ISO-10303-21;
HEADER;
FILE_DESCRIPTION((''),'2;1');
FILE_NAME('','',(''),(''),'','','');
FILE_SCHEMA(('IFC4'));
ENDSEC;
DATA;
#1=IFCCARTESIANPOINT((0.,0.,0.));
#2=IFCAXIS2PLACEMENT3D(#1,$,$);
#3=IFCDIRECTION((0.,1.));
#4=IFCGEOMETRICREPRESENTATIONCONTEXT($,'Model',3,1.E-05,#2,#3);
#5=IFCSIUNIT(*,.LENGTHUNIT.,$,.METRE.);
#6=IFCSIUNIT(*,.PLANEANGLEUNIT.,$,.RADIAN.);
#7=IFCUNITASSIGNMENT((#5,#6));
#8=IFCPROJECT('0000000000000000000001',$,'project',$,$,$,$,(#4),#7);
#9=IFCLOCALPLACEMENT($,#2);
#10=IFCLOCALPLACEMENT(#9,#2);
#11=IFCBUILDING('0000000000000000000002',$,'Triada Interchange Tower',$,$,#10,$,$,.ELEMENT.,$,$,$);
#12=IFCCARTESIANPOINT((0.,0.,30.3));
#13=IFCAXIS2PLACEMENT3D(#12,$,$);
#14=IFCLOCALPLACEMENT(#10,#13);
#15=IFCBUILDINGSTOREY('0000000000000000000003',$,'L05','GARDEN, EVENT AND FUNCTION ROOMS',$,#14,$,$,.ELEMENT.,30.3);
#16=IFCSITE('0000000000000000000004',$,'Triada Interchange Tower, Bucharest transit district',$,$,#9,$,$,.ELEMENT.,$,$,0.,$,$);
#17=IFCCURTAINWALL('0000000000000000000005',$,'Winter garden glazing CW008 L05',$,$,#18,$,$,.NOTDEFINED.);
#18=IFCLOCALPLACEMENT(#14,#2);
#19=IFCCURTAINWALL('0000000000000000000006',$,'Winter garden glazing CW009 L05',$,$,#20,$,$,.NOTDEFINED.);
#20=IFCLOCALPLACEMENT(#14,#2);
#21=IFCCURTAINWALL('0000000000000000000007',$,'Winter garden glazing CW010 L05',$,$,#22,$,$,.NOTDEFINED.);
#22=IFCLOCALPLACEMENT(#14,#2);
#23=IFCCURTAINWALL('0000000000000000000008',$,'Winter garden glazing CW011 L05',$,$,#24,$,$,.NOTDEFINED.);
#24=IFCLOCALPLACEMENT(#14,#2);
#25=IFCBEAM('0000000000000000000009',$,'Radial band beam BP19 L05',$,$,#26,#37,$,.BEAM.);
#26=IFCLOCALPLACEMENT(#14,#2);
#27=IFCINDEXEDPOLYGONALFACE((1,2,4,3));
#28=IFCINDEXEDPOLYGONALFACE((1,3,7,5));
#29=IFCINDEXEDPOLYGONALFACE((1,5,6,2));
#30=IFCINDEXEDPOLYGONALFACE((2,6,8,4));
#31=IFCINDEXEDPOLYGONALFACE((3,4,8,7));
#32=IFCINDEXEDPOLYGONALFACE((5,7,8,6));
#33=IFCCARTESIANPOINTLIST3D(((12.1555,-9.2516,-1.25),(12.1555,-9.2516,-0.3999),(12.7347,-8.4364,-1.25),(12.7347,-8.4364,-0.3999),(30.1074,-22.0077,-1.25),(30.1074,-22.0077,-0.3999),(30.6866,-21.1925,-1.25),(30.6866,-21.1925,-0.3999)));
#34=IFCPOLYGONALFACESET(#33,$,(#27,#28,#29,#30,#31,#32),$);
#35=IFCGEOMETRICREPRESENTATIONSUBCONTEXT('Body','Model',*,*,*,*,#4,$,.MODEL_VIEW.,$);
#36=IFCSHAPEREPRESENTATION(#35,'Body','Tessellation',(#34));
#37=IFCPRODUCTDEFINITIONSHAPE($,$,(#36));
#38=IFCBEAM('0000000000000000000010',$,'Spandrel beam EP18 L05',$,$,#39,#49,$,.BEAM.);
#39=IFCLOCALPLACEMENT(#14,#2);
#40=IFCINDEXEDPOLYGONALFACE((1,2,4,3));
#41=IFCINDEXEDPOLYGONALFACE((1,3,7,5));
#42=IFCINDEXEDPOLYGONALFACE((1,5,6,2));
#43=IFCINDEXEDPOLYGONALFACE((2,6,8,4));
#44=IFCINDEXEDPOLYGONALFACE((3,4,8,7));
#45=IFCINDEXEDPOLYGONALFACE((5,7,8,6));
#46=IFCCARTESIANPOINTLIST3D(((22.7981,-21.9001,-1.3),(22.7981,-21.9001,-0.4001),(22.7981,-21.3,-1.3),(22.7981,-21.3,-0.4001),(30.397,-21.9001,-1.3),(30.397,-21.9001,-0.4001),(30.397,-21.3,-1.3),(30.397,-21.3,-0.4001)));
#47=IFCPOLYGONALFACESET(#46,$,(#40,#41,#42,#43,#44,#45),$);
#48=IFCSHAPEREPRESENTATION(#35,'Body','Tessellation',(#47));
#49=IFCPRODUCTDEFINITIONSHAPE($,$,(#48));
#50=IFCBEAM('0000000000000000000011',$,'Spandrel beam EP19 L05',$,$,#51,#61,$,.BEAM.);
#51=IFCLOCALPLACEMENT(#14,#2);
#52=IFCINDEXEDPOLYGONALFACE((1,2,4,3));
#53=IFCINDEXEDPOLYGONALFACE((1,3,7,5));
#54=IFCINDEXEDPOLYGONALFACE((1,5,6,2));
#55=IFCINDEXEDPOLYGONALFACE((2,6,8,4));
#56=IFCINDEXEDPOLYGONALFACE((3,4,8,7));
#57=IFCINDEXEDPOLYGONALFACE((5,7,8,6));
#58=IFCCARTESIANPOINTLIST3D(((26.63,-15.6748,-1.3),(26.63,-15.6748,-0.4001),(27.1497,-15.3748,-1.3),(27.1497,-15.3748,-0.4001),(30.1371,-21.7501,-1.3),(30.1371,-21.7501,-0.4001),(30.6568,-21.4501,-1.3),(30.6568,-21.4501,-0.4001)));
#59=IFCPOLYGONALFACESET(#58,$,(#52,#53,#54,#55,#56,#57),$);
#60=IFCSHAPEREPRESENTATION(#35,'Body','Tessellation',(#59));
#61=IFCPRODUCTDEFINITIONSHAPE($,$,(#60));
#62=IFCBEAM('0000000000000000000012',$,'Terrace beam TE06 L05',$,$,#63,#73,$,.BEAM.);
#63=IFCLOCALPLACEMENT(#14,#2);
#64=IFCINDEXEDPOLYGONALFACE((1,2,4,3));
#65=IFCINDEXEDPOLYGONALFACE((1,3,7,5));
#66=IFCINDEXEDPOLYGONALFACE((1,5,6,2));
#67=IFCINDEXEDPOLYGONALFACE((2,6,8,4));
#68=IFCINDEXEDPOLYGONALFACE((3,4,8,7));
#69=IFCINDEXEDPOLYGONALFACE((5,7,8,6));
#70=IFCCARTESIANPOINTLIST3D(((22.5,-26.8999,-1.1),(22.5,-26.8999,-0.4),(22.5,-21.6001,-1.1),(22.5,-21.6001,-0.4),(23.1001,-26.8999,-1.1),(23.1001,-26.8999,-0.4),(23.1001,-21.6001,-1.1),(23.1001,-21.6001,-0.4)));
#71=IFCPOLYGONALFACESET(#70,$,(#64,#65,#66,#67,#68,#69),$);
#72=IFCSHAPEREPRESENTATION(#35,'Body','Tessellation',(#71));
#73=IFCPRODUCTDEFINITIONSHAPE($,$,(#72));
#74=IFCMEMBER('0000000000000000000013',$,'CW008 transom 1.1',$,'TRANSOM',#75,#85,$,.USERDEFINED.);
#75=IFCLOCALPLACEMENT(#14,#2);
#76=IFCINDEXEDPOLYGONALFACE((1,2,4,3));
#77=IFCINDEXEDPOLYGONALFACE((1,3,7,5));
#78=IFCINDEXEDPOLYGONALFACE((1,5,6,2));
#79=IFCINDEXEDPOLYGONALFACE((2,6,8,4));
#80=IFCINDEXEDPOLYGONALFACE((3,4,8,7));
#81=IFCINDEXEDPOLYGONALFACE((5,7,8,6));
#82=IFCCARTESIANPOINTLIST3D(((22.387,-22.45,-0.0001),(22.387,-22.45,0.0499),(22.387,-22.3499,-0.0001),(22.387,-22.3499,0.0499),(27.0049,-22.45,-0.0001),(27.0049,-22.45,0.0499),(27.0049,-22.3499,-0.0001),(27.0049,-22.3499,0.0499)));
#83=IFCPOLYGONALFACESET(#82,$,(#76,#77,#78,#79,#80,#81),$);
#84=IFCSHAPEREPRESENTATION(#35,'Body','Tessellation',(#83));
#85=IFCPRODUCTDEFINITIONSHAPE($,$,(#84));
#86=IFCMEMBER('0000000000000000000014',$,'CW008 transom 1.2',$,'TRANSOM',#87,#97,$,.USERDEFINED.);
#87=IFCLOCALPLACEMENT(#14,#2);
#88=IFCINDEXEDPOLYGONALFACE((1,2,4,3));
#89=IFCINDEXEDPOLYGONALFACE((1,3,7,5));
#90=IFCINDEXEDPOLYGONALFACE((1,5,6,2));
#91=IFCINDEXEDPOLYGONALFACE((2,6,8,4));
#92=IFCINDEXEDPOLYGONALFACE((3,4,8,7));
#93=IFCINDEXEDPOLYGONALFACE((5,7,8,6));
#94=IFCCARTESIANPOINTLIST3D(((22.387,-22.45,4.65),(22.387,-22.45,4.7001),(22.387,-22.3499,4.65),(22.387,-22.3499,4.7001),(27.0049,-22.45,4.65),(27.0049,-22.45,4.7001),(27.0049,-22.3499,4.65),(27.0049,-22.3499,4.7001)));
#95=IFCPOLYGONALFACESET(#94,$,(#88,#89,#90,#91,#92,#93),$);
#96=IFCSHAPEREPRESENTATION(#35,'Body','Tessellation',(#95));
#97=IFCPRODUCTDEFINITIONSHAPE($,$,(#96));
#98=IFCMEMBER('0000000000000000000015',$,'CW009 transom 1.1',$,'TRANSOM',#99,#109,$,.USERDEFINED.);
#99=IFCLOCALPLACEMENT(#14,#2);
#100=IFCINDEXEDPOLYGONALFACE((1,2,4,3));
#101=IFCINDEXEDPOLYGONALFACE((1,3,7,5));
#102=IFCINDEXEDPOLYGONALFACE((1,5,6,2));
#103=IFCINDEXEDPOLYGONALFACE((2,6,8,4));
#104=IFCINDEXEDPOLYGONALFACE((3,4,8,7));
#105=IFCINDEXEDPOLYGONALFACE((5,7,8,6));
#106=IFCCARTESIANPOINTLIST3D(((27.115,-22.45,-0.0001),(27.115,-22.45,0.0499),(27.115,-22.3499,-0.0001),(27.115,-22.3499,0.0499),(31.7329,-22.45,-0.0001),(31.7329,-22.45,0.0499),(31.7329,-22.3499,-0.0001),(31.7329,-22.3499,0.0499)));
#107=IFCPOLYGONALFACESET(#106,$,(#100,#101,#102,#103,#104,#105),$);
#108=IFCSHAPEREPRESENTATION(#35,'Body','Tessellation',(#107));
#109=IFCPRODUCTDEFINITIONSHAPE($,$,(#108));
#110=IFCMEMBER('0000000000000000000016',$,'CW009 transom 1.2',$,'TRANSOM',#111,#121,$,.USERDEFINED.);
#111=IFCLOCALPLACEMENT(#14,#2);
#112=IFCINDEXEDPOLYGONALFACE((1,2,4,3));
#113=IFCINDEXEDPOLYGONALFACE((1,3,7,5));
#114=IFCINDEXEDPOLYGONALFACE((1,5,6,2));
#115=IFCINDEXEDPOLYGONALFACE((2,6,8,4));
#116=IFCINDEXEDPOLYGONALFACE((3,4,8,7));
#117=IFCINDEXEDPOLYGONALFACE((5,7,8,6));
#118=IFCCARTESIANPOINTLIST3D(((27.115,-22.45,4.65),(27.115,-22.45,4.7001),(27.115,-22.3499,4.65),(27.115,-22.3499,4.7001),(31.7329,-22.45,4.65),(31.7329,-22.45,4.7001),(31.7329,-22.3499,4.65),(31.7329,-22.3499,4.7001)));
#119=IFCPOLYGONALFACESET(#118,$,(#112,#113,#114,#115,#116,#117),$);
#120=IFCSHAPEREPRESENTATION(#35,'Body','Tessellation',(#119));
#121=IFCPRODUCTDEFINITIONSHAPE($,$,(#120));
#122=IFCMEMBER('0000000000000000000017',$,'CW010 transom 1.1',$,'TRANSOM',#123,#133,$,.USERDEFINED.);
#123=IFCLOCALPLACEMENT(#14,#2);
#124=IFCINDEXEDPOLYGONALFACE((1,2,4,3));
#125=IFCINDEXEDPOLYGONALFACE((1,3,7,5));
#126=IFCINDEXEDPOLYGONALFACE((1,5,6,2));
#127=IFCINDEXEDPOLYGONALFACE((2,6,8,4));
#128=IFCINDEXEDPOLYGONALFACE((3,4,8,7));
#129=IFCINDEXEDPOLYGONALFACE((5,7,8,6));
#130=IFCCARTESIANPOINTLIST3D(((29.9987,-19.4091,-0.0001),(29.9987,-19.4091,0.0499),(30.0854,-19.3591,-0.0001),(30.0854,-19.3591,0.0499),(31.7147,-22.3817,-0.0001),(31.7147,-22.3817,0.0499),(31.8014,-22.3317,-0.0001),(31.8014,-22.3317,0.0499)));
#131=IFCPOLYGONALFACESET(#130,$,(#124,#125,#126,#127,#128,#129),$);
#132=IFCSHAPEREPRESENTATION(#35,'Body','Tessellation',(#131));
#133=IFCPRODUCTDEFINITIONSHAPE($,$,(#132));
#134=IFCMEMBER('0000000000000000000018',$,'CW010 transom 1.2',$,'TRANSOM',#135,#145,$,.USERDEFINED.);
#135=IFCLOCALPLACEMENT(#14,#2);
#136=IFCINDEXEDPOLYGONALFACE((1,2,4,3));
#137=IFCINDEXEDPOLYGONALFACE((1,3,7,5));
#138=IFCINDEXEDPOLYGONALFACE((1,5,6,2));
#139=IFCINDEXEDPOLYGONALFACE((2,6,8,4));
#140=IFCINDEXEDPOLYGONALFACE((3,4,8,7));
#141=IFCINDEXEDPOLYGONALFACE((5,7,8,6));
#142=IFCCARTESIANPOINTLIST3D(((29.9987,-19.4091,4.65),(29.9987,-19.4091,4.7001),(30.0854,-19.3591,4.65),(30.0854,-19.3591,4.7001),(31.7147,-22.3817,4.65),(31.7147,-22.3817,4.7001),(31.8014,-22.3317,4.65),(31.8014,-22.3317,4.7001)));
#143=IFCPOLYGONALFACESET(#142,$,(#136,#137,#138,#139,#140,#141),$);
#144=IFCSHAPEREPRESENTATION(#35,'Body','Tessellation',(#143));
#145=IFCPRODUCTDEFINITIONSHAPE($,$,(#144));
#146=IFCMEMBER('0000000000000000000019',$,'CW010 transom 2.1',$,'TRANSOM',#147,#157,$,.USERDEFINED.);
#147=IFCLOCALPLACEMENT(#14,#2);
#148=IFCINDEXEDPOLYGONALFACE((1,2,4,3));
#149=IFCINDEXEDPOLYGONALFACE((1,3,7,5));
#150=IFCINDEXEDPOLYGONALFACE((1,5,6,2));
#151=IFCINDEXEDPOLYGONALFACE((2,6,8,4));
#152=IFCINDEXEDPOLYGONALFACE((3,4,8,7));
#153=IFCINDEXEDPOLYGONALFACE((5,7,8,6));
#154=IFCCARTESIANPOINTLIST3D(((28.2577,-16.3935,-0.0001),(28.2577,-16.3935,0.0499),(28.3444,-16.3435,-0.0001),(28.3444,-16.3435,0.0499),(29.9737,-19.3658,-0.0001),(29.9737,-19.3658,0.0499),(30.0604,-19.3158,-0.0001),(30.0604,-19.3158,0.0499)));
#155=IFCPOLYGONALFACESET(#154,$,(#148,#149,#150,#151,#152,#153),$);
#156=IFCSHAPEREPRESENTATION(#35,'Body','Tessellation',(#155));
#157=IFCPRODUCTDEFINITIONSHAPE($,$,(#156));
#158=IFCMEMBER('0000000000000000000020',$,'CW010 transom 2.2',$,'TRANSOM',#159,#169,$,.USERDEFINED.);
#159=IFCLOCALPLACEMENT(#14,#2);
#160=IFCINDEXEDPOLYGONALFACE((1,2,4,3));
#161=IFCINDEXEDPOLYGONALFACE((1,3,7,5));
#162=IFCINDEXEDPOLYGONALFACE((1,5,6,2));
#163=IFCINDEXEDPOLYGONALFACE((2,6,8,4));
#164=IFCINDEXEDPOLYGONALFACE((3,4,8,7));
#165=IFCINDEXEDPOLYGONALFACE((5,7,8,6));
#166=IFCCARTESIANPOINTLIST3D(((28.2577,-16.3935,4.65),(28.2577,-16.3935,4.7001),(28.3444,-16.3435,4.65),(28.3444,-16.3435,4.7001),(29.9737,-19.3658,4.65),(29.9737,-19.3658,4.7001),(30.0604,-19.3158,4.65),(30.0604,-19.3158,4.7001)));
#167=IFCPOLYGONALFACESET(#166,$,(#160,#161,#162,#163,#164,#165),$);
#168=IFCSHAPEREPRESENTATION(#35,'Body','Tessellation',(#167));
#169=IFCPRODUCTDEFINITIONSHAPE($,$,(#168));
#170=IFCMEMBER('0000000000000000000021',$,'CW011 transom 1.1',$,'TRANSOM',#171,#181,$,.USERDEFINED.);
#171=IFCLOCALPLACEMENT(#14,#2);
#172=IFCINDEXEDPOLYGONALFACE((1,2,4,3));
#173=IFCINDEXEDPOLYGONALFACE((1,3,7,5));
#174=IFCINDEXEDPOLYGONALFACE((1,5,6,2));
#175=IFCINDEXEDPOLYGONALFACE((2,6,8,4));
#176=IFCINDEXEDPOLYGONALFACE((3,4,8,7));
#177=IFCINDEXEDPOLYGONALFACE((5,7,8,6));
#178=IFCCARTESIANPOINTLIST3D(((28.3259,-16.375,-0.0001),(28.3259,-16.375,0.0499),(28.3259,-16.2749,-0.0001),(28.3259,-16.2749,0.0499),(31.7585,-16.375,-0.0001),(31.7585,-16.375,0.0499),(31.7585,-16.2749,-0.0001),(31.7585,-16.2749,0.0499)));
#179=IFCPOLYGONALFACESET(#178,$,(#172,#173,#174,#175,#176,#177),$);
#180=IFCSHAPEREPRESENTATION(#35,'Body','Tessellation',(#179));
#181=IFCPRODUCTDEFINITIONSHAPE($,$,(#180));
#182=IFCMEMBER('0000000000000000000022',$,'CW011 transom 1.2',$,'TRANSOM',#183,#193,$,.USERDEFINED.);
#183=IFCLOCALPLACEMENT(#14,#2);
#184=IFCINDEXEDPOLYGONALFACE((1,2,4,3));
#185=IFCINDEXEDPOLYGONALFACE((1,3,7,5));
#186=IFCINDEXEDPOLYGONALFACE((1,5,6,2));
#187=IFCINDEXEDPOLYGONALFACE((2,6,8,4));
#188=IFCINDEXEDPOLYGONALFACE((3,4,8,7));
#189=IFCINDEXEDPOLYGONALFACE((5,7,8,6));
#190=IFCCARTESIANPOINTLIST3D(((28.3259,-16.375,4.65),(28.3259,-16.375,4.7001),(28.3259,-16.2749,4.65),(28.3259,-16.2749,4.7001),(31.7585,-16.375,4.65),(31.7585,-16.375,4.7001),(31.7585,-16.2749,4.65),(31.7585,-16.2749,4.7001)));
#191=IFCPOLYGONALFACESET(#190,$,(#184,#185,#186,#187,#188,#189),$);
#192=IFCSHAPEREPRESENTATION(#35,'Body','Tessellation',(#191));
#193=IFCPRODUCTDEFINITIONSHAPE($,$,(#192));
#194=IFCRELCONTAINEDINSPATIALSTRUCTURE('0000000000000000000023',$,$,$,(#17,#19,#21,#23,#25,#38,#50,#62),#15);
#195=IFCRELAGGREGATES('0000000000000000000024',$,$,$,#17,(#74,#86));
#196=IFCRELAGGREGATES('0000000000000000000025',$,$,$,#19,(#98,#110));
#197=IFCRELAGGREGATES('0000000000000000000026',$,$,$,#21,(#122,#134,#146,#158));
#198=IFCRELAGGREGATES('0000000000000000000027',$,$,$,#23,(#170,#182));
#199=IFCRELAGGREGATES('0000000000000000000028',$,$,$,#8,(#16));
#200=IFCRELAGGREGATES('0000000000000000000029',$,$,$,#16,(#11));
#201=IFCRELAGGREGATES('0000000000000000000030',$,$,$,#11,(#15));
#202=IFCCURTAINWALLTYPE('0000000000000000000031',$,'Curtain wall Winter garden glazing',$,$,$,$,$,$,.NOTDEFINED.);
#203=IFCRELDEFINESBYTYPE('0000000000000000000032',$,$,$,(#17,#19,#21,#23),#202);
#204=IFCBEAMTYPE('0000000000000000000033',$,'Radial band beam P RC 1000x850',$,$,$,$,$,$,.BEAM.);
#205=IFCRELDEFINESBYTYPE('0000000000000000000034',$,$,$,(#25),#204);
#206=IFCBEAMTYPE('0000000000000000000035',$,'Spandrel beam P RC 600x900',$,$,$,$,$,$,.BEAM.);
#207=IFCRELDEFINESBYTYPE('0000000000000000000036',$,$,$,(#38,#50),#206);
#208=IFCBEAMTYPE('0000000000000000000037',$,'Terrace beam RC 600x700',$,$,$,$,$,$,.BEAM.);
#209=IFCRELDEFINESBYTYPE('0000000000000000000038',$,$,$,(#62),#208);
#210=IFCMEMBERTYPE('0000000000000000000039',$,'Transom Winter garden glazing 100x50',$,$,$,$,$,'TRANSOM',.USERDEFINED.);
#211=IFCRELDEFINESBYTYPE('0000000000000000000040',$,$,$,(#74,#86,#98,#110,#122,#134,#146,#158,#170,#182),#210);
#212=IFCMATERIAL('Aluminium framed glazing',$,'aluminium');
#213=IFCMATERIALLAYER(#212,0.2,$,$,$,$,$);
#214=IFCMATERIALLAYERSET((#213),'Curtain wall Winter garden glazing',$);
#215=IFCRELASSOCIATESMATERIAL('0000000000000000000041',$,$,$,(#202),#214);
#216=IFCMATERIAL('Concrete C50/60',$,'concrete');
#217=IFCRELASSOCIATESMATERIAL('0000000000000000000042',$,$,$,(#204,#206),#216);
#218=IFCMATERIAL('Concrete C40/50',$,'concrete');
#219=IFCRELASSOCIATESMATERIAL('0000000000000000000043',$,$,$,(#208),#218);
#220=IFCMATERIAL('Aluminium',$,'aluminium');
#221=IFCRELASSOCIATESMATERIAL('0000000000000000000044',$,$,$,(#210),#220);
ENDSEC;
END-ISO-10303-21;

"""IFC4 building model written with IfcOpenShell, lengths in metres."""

from ifc_helpers import new_model, si_unit, direction, frame, origin, origin_2d, place, context, subcontext, project, spatial, rectangle, extrude, material, layer, layer_set, material_profile, profile_set, type_object, element, aggregate, save


model = new_model("IFC4")

# Units and contexts
model_context = context("Model", 3, precision=1e-05, world=origin(), true_north=direction((0.0, 1.0)))
body_context = subcontext(model_context, "Body", "Model", "MODEL_VIEW")
ifc_project = project(units=[si_unit("LENGTHUNIT", "METRE"), si_unit("PLANEANGLEUNIT", "RADIAN")], contexts=[model_context])

# Site, building, storey
site_placement = place(None, origin())
site = spatial("IfcSite", under=ifc_project, at=site_placement, Name="Triada Interchange Tower, Bucharest transit district", CompositionType="ELEMENT", RefElevation=0.0)
building_placement = place(site_placement, origin())
building = spatial("IfcBuilding", under=site, at=building_placement, Name="Triada Interchange Tower", CompositionType="ELEMENT")
storey_placement = place(building_placement, frame((0.0, 0.0, 30.3)))
storey = spatial("IfcBuildingStorey", under=building, at=storey_placement, Name="L05", Description="GARDEN, EVENT AND FUNCTION ROOMS", CompositionType="ELEMENT", Elevation=30.3)

# Curtain walls
ifc_material_1 = material(Name="Aluminium framed glazing", Category="aluminium")
ifc_layer_1 = layer(ifc_material_1, 0.2)
ifc_layer_set_1 = layer_set([ifc_layer_1], Name="Curtain wall Winter garden glazing")
curtain_wall_type = type_object("IfcCurtainWallType", Name="Curtain wall Winter garden glazing", PredefinedType="NOTDEFINED", material=ifc_layer_set_1)
curtain_wall_1_placement = place(storey_placement, origin())
curtain_wall_1 = element("IfcCurtainWall", 1, at=curtain_wall_1_placement, inside=storey, type_object=curtain_wall_type, Name="Winter garden glazing CW008 L05", PredefinedType="NOTDEFINED")
ifc_material_2 = material(Name="Aluminium", Category="aluminium")
curtain_wall_2_placement = place(storey_placement, origin())
curtain_wall_2 = element("IfcCurtainWall", 2, at=curtain_wall_2_placement, inside=storey, type_object=curtain_wall_type, Name="Winter garden glazing CW009 L05", PredefinedType="NOTDEFINED")
curtain_wall_3_placement = place(storey_placement, origin())
curtain_wall_3 = element("IfcCurtainWall", 3, at=curtain_wall_3_placement, inside=storey, type_object=curtain_wall_type, Name="Winter garden glazing CW010 L05", PredefinedType="NOTDEFINED")
curtain_wall_4_placement = place(storey_placement, origin())
curtain_wall_4 = element("IfcCurtainWall", 4, at=curtain_wall_4_placement, inside=storey, type_object=curtain_wall_type, Name="Winter garden glazing CW011 L05", PredefinedType="NOTDEFINED")

# Beams
ifc_material_3 = material(Name="Concrete C50/60", Category="concrete")
ifc_material_profile_1 = material_profile(ifc_material_3, rectangle(XDim=1.0, YDim=0.8501, at=origin_2d()), Name="RC 1000x850")
ifc_profile_set_1 = profile_set([ifc_material_profile_1], Name="Concrete C50/60")
beam_type_1 = type_object("IfcBeamType", Name="Radial band beam P RC 1000x850", PredefinedType="BEAM", material=ifc_profile_set_1)
beam_1_placement = place(storey_placement, frame((30.397, -21.6001, -0.825), z_axis=(-0.815163, 0.579231, 0.0), x_axis=(-0.579231, -0.815163, 0.0)))
element("IfcBeam", 5, at=beam_1_placement, inside=storey, type_object=beam_type_1, Name="Radial band beam BP19 L05", PredefinedType="BEAM", context=body_context, shape_type="SweptSolid", body=[
    extrude(rectangle(XDim=1.0, YDim=0.8501, at=origin_2d()), origin(), (0.0, 0.0, 1.0), 22.0225),
])
ifc_material_profile_2 = material_profile(ifc_material_3, rectangle(XDim=0.6001, YDim=0.8999, at=origin_2d()), Name="RC 600x900")
ifc_profile_set_2 = profile_set([ifc_material_profile_2], Name="Concrete C50/60")
beam_type_2 = type_object("IfcBeamType", Name="Spandrel beam P RC 600x900", PredefinedType="BEAM", material=ifc_profile_set_2)
beam_2_placement = place(storey_placement, frame((22.7981, -21.6001, -0.8501), z_axis=(1.0, 0.0, 0.0), x_axis=(0.0, 1.0, 0.0)))
element("IfcBeam", 6, at=beam_2_placement, inside=storey, type_object=beam_type_2, Name="Spandrel beam EP18 L05", PredefinedType="BEAM", context=body_context, shape_type="SweptSolid", body=[
    extrude(rectangle(XDim=0.6001, YDim=0.8999, at=origin_2d()), origin(), (0.0, 0.0, 1.0), 7.5989),
])
beam_3_placement = place(storey_placement, frame((30.397, -21.6001, -0.8501), z_axis=(-0.499953, 0.866052, 0.0), x_axis=(-0.866052, -0.499953, 0.0)))
element("IfcBeam", 7, at=beam_3_placement, inside=storey, type_object=beam_type_2, Name="Spandrel beam EP19 L05", PredefinedType="BEAM", context=body_context, shape_type="SweptSolid", body=[
    extrude(rectangle(XDim=0.6001, YDim=0.8999, at=origin_2d()), origin(), (0.0, 0.0, 1.0), 7.0149),
])
ifc_material_4 = material(Name="Concrete C40/50", Category="concrete")
ifc_material_profile_3 = material_profile(ifc_material_4, rectangle(XDim=0.6001, YDim=0.7, at=origin_2d()), Name="RC 600x700")
ifc_profile_set_3 = profile_set([ifc_material_profile_3], Name="Concrete C40/50")
beam_type_3 = type_object("IfcBeamType", Name="Terrace beam RC 600x700", PredefinedType="BEAM", material=ifc_profile_set_3)
beam_4_placement = place(storey_placement, frame((22.8, -26.8999, -0.75), z_axis=(0.0, 1.0, 0.0), x_axis=(-1.0, 0.0, 0.0)))
element("IfcBeam", 8, at=beam_4_placement, inside=storey, type_object=beam_type_3, Name="Terrace beam TE06 L05", PredefinedType="BEAM", context=body_context, shape_type="SweptSolid", body=[
    extrude(rectangle(XDim=0.6001, YDim=0.7, at=origin_2d()), origin(), (0.0, 0.0, 1.0), 5.2998),
])

# Members
ifc_material_profile_4 = material_profile(ifc_material_2, rectangle(XDim=0.1001, YDim=0.05, at=origin_2d()), Name="Aluminium transom")
ifc_profile_set_4 = profile_set([ifc_material_profile_4], Name="Aluminium")
member_type_1 = type_object("IfcMemberType", Name="Transom Winter garden glazing 100x50", ElementType="TRANSOM", PredefinedType="USERDEFINED", material=ifc_profile_set_4)
member_1_placement = place(storey_placement, frame((22.387, -22.3999, 0.0249), z_axis=(1.0, 0.0, 0.0), x_axis=(0.0, 1.0, 0.0)))
member_1 = element("IfcMember", 9, at=member_1_placement, type_object=member_type_1, Name="CW008 transom 1.1", ObjectType="TRANSOM", PredefinedType="USERDEFINED", context=body_context, shape_type="SweptSolid", body=[
    extrude(rectangle(XDim=0.1001, YDim=0.05, at=origin_2d()), origin(), (0.0, 0.0, 1.0), 4.6179),
])
member_2_placement = place(storey_placement, frame((22.387, -22.3999, 4.675), z_axis=(1.0, 0.0, 0.0), x_axis=(0.0, 1.0, 0.0)))
member_2 = element("IfcMember", 10, at=member_2_placement, type_object=member_type_1, Name="CW008 transom 1.2", ObjectType="TRANSOM", PredefinedType="USERDEFINED", context=body_context, shape_type="SweptSolid", body=[
    extrude(rectangle(XDim=0.1001, YDim=0.05, at=origin_2d()), origin(), (0.0, 0.0, 1.0), 4.6179),
])
member_3_placement = place(storey_placement, frame((27.115, -22.3999, 0.0249), z_axis=(1.0, 0.0, 0.0), x_axis=(0.0, 1.0, 0.0)))
member_3 = element("IfcMember", 11, at=member_3_placement, type_object=member_type_1, Name="CW009 transom 1.1", ObjectType="TRANSOM", PredefinedType="USERDEFINED", context=body_context, shape_type="SweptSolid", body=[
    extrude(rectangle(XDim=0.1001, YDim=0.05, at=origin_2d()), origin(), (0.0, 0.0, 1.0), 4.6179),
])
member_4_placement = place(storey_placement, frame((27.115, -22.3999, 4.675), z_axis=(1.0, 0.0, 0.0), x_axis=(0.0, 1.0, 0.0)))
member_4 = element("IfcMember", 12, at=member_4_placement, type_object=member_type_1, Name="CW009 transom 1.2", ObjectType="TRANSOM", PredefinedType="USERDEFINED", context=body_context, shape_type="SweptSolid", body=[
    extrude(rectangle(XDim=0.1001, YDim=0.05, at=origin_2d()), origin(), (0.0, 0.0, 1.0), 4.6179),
])
member_5_placement = place(storey_placement, frame((31.7581, -22.3567, 0.0249), z_axis=(-0.499956, 0.866051, 0.0), x_axis=(-0.866051, -0.499956, 0.0)))
member_5 = element("IfcMember", 13, at=member_5_placement, type_object=member_type_1, Name="CW010 transom 1.1", ObjectType="TRANSOM", PredefinedType="USERDEFINED", context=body_context, shape_type="SweptSolid", body=[
    extrude(rectangle(XDim=0.1001, YDim=0.05, at=origin_2d()), origin(), (0.0, 0.0, 1.0), 3.4324),
])
member_6_placement = place(storey_placement, frame((31.7581, -22.3567, 4.675), z_axis=(-0.499956, 0.866051, 0.0), x_axis=(-0.866051, -0.499956, 0.0)))
member_6 = element("IfcMember", 14, at=member_6_placement, type_object=member_type_1, Name="CW010 transom 1.2", ObjectType="TRANSOM", PredefinedType="USERDEFINED", context=body_context, shape_type="SweptSolid", body=[
    extrude(rectangle(XDim=0.1001, YDim=0.05, at=origin_2d()), origin(), (0.0, 0.0, 1.0), 3.4324),
])
member_7_placement = place(storey_placement, frame((30.0171, -19.3408, 0.0249), z_axis=(-0.499987, 0.866033, 0.0), x_axis=(-0.866033, -0.499987, 0.0)))
member_7 = element("IfcMember", 15, at=member_7_placement, type_object=member_type_1, Name="CW010 transom 2.1", ObjectType="TRANSOM", PredefinedType="USERDEFINED", context=body_context, shape_type="SweptSolid", body=[
    extrude(rectangle(XDim=0.1001, YDim=0.05, at=origin_2d()), origin(), (0.0, 0.0, 1.0), 3.4321),
])
member_8_placement = place(storey_placement, frame((30.0171, -19.3408, 4.675), z_axis=(-0.499987, 0.866033, 0.0), x_axis=(-0.866033, -0.499987, 0.0)))
member_8 = element("IfcMember", 16, at=member_8_placement, type_object=member_type_1, Name="CW010 transom 2.2", ObjectType="TRANSOM", PredefinedType="USERDEFINED", context=body_context, shape_type="SweptSolid", body=[
    extrude(rectangle(XDim=0.1001, YDim=0.05, at=origin_2d()), origin(), (0.0, 0.0, 1.0), 3.4321),
])
member_9_placement = place(storey_placement, frame((28.3259, -16.325, 0.0249), z_axis=(1.0, 0.0, 0.0), x_axis=(0.0, 1.0, 0.0)))
member_9 = element("IfcMember", 17, at=member_9_placement, type_object=member_type_1, Name="CW011 transom 1.1", ObjectType="TRANSOM", PredefinedType="USERDEFINED", context=body_context, shape_type="SweptSolid", body=[
    extrude(rectangle(XDim=0.1001, YDim=0.05, at=origin_2d()), origin(), (0.0, 0.0, 1.0), 3.4326),
])
member_10_placement = place(storey_placement, frame((28.3259, -16.325, 4.675), z_axis=(1.0, 0.0, 0.0), x_axis=(0.0, 1.0, 0.0)))
member_10 = element("IfcMember", 18, at=member_10_placement, type_object=member_type_1, Name="CW011 transom 1.2", ObjectType="TRANSOM", PredefinedType="USERDEFINED", context=body_context, shape_type="SweptSolid", body=[
    extrude(rectangle(XDim=0.1001, YDim=0.05, at=origin_2d()), origin(), (0.0, 0.0, 1.0), 3.4326),
])

aggregate(curtain_wall_1, [member_1, member_2])
aggregate(curtain_wall_2, [member_3, member_4])
aggregate(curtain_wall_3, [member_5, member_6, member_7, member_8])
aggregate(curtain_wall_4, [member_9, member_10])

save(model, "model.ifc")
